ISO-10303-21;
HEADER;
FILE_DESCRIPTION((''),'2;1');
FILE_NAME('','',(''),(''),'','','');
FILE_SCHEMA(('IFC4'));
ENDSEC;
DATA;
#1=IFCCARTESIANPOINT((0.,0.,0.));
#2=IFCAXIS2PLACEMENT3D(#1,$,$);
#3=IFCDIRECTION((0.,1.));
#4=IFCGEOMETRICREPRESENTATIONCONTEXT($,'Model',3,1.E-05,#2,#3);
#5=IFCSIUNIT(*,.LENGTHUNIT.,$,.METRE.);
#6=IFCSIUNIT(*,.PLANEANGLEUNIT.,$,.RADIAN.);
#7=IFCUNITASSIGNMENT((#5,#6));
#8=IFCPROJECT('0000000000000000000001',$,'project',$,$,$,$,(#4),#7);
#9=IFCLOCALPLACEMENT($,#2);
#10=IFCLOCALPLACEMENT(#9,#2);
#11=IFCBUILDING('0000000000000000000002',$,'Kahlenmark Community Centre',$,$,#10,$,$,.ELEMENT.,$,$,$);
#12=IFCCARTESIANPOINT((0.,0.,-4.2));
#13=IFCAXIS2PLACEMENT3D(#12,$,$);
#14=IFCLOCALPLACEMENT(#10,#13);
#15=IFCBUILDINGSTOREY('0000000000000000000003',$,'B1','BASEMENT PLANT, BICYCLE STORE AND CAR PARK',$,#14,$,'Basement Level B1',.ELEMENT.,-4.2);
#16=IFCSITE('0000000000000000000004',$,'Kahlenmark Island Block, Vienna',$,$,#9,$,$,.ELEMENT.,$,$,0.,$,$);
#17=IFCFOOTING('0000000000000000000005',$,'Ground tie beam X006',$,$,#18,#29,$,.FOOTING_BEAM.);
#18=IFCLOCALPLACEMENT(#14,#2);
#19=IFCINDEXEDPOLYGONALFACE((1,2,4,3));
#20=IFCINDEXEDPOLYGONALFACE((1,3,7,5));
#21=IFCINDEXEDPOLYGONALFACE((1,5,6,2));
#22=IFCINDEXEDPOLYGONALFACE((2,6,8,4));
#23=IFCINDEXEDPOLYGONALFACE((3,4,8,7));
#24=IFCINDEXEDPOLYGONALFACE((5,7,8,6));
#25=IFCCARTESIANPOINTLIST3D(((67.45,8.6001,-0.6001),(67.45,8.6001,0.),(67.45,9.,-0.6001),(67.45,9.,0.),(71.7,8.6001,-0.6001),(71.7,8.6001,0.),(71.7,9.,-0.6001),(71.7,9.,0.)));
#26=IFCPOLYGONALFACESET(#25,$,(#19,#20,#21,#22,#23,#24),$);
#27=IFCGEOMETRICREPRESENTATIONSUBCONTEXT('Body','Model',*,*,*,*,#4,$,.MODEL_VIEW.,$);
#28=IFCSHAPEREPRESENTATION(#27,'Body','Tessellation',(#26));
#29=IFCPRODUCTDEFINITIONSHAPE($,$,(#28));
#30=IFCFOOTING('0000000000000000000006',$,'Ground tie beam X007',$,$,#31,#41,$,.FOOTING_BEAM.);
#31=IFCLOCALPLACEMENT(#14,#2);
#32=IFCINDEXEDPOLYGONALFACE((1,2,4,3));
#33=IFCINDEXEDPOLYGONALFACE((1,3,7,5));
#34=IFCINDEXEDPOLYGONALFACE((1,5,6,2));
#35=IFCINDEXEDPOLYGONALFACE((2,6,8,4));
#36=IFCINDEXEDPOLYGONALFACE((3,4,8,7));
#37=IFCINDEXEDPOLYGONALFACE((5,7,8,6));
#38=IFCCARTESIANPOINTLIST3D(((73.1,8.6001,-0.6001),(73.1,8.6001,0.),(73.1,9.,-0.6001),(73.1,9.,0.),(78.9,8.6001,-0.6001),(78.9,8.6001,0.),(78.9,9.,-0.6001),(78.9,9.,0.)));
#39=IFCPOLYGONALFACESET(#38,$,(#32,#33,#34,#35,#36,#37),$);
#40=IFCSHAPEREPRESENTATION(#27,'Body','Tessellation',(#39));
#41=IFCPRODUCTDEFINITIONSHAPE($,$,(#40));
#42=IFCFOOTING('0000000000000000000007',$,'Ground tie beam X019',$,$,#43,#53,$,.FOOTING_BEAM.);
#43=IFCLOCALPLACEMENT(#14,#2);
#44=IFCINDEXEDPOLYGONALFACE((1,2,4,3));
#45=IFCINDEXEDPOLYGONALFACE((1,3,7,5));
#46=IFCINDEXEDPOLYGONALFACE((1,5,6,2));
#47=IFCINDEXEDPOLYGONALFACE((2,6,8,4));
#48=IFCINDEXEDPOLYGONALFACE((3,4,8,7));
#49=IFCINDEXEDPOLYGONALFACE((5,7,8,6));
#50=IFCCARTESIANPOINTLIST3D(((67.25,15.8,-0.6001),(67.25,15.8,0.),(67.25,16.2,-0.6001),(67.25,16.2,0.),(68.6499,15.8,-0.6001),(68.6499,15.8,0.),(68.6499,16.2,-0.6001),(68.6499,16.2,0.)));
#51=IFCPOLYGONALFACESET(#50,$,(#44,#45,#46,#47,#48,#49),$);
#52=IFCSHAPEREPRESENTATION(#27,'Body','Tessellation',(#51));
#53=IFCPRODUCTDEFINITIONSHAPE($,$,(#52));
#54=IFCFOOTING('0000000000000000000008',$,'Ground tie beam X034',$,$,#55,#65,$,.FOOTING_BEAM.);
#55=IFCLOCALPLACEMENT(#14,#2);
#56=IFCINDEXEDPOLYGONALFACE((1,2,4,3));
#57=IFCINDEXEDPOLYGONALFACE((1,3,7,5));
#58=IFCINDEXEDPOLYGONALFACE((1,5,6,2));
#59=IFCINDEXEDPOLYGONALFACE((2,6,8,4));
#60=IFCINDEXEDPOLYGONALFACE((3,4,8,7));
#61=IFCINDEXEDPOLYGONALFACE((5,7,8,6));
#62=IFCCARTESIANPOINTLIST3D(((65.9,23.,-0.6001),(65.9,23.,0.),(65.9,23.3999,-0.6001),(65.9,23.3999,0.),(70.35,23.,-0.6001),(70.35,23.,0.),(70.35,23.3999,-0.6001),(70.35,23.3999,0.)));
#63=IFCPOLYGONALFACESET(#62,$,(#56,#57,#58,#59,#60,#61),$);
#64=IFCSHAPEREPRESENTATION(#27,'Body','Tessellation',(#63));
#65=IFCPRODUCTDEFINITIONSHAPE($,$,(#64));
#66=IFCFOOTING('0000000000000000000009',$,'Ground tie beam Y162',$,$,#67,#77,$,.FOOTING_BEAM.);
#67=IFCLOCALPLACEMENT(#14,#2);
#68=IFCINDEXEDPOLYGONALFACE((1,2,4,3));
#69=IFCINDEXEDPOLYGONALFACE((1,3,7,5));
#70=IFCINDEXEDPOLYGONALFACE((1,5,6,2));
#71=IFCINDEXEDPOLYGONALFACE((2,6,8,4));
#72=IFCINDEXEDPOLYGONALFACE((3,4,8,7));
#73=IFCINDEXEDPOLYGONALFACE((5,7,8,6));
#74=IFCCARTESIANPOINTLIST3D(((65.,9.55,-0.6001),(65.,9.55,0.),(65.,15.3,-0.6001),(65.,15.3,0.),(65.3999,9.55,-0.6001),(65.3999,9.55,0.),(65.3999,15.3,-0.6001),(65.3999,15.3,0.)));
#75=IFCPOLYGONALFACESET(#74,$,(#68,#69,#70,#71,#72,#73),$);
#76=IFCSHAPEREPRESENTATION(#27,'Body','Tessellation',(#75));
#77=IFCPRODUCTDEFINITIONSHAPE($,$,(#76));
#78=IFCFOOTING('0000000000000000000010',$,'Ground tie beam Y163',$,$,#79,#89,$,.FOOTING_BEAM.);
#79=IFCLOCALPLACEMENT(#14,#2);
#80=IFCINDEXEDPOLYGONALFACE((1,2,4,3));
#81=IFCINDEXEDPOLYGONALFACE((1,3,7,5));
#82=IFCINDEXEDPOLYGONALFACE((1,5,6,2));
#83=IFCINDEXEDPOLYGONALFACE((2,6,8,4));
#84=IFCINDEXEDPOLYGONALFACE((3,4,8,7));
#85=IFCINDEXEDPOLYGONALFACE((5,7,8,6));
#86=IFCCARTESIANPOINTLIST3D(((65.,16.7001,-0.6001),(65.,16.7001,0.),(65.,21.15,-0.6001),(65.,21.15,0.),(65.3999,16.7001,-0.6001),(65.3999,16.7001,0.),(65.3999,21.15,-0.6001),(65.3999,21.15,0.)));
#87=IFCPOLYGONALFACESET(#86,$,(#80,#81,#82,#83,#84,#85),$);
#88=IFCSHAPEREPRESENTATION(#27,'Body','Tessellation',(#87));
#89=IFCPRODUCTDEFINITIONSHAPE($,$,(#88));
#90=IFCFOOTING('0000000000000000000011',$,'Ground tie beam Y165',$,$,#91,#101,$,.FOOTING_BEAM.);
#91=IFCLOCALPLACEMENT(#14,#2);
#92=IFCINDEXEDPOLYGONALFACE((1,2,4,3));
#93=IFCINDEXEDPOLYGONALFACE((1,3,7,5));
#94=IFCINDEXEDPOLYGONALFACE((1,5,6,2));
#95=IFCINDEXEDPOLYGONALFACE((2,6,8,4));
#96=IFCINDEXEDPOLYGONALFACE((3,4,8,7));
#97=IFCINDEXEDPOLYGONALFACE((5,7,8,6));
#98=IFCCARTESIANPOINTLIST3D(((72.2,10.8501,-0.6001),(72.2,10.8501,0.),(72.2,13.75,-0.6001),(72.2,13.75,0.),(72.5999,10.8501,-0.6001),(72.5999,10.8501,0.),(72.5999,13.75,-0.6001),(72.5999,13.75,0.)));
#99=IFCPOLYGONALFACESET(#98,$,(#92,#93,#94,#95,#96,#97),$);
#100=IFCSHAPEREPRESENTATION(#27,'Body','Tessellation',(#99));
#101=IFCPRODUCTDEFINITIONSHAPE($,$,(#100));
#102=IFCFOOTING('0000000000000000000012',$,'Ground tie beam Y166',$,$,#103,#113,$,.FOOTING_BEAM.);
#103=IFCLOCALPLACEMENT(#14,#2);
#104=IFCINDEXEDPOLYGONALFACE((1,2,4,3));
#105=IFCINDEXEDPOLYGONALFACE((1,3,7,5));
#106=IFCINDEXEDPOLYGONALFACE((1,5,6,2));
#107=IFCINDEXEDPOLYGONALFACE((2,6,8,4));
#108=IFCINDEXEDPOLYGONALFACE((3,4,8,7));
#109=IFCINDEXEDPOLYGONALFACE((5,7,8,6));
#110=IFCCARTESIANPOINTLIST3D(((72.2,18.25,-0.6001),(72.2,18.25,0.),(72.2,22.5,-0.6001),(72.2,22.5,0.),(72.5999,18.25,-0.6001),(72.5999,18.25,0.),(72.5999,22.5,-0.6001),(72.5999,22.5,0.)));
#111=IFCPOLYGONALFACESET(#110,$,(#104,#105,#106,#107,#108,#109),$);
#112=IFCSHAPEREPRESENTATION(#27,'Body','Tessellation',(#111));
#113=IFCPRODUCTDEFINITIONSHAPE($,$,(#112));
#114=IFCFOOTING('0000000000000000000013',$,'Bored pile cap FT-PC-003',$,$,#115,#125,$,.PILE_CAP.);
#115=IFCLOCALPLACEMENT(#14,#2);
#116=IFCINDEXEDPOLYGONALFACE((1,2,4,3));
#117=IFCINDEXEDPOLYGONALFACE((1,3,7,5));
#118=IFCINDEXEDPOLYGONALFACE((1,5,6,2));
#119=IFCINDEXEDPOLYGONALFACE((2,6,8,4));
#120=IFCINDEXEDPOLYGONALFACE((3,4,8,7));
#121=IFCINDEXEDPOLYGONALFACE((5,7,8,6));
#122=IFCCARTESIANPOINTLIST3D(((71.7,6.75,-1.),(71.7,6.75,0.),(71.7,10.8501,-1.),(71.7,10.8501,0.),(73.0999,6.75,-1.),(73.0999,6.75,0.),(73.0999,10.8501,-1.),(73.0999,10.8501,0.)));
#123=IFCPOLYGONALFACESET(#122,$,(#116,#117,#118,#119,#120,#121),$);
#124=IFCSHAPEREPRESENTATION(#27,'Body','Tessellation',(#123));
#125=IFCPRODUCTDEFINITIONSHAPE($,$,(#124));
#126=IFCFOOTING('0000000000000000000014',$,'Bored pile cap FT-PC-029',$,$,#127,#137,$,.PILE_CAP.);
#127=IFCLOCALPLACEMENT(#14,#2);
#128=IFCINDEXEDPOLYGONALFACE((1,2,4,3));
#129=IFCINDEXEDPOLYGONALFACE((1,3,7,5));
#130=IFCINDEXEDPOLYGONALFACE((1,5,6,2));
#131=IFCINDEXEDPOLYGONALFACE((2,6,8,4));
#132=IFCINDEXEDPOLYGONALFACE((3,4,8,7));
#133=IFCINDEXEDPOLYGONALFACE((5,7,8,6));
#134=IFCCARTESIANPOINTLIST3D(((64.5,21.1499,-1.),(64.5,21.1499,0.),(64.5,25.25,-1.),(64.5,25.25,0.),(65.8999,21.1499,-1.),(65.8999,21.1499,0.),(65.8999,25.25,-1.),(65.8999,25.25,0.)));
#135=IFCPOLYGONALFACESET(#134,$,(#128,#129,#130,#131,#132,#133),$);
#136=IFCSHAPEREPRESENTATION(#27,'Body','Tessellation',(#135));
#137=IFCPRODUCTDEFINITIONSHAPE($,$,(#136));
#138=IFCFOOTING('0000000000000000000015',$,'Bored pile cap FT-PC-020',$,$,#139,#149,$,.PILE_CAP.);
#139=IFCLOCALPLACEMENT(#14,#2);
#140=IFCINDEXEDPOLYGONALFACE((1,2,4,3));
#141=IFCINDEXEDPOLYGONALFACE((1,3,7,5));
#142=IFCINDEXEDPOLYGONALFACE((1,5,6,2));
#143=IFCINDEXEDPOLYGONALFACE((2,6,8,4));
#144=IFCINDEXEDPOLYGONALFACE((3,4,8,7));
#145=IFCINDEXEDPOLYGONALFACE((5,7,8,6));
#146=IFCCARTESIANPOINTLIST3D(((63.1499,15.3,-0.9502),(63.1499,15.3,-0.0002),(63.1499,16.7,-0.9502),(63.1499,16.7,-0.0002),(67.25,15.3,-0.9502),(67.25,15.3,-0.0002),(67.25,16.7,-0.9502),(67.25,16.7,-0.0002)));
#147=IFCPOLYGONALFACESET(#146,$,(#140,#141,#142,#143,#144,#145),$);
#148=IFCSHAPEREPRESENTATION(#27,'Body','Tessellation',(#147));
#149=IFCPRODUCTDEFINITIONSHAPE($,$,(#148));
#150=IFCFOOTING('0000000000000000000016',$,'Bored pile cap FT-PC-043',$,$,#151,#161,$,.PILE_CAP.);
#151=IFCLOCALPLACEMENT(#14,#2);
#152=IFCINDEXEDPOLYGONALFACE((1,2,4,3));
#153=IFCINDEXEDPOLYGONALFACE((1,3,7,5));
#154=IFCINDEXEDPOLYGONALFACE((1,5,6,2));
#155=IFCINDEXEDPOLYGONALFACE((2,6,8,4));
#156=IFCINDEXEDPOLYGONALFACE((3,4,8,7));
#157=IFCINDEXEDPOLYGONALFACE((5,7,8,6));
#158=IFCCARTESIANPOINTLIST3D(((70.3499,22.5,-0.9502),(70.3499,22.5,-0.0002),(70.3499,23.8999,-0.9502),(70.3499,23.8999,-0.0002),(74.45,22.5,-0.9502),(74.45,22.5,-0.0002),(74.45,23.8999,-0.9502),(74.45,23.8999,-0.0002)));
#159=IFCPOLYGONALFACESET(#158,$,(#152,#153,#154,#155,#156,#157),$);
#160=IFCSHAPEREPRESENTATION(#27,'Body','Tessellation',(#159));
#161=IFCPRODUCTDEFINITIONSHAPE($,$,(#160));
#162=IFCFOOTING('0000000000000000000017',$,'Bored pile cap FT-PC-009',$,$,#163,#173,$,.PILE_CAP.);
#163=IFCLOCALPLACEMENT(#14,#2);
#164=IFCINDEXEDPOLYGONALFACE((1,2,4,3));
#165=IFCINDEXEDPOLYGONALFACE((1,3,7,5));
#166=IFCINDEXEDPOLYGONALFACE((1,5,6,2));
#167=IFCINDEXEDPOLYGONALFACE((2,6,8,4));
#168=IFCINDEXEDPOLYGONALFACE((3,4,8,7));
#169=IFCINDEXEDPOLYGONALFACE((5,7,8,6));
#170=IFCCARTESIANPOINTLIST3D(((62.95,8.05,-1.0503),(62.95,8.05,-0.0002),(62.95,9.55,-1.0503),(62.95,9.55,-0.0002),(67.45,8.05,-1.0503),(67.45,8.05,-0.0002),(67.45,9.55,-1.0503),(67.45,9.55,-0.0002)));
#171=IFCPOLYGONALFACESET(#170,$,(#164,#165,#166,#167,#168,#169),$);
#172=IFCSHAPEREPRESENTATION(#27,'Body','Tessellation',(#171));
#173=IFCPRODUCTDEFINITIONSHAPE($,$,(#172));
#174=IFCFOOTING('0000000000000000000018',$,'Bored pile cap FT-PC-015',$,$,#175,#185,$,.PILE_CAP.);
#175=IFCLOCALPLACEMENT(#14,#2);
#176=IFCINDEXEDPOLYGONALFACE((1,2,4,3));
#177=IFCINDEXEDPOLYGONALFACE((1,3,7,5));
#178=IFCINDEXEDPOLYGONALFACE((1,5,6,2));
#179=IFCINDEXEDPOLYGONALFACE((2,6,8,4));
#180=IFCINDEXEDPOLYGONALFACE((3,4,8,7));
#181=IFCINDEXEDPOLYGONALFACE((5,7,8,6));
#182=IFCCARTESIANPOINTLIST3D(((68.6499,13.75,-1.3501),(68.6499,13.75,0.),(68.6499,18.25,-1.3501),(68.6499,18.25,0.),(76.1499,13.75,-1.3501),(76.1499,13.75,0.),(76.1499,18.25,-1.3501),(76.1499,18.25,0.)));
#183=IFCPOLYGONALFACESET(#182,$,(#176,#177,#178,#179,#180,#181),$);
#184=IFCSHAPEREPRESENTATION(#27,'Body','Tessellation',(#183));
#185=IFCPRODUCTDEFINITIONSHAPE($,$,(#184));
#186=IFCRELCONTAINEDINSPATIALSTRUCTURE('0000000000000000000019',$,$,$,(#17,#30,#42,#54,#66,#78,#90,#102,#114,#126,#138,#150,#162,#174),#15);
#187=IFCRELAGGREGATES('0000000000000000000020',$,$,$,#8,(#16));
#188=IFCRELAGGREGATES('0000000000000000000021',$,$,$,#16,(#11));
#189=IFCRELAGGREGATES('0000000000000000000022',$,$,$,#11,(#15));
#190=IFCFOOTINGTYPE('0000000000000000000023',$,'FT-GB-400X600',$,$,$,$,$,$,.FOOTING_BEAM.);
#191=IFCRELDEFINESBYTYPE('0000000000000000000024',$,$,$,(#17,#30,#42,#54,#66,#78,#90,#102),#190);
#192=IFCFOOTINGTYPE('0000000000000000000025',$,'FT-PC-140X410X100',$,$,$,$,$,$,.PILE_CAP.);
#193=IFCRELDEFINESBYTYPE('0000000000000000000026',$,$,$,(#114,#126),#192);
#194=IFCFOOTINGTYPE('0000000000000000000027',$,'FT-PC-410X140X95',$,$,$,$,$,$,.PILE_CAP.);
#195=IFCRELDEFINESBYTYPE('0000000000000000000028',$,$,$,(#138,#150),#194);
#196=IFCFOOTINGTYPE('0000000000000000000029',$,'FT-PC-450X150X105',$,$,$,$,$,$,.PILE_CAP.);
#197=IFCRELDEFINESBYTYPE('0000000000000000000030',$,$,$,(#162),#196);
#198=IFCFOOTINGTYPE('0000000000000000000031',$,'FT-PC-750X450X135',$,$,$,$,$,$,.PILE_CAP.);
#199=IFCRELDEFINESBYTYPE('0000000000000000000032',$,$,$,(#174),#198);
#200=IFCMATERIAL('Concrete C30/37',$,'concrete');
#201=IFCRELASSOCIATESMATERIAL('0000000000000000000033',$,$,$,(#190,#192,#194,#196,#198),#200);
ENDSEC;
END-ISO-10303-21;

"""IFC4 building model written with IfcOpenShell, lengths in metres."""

from ifc_helpers import new_model, si_unit, direction, frame, origin, origin_2d, place, context, subcontext, project, spatial, rectangle, extrude, material, type_object, element, save


model = new_model("IFC4")

# Units and contexts
model_context = context("Model", 3, precision=1e-05, world=origin(), true_north=direction((0.0, 1.0)))
body_context = subcontext(model_context, "Body", "Model", "MODEL_VIEW")
ifc_project = project(units=[si_unit("LENGTHUNIT", "METRE"), si_unit("PLANEANGLEUNIT", "RADIAN")], contexts=[model_context])

# Site, building, storey
site_placement = place(None, origin())
site = spatial("IfcSite", under=ifc_project, at=site_placement, Name="Kahlenmark Island Block, Vienna", CompositionType="ELEMENT", RefElevation=0.0)
building_placement = place(site_placement, origin())
building = spatial("IfcBuilding", under=site, at=building_placement, Name="Kahlenmark Community Centre", CompositionType="ELEMENT")
storey_placement = place(building_placement, frame((0.0, 0.0, -4.2)))
storey = spatial("IfcBuildingStorey", under=building, at=storey_placement, Name="B1", Description="BASEMENT PLANT, BICYCLE STORE AND CAR PARK", LongName="Basement Level B1", CompositionType="ELEMENT", Elevation=-4.2)

# Footings
ifc_material_1 = material(Name="Concrete C30/37", Category="concrete")
footing_type_1 = type_object("IfcFootingType", Name="FT-GB-400X600", PredefinedType="FOOTING_BEAM", material=ifc_material_1)
footing_1_placement = place(storey_placement, frame((69.575, 8.8, -0.6001), z_axis=(0.0, 0.0, 1.0), x_axis=(1.0, 0.0, 0.0)))
element("IfcFooting", 1, at=footing_1_placement, inside=storey, type_object=footing_type_1, Name="Ground tie beam X006", PredefinedType="FOOTING_BEAM", context=body_context, shape_type="SweptSolid", body=[
    extrude(rectangle(XDim=4.25, YDim=0.3999, at=origin_2d()), origin(), (0.0, 0.0, 1.0), 0.6001),
])
footing_2_placement = place(storey_placement, frame((76.0, 8.8, -0.6001), z_axis=(0.0, 0.0, 1.0), x_axis=(1.0, 0.0, 0.0)))
element("IfcFooting", 2, at=footing_2_placement, inside=storey, type_object=footing_type_1, Name="Ground tie beam X007", PredefinedType="FOOTING_BEAM", context=body_context, shape_type="SweptSolid", body=[
    extrude(rectangle(XDim=5.8, YDim=0.3999, at=origin_2d()), origin(), (0.0, 0.0, 1.0), 0.6001),
])
footing_3_placement = place(storey_placement, frame((67.95, 16.0, -0.6001), z_axis=(0.0, 0.0, 1.0), x_axis=(1.0, 0.0, 0.0)))
element("IfcFooting", 3, at=footing_3_placement, inside=storey, type_object=footing_type_1, Name="Ground tie beam X019", PredefinedType="FOOTING_BEAM", context=body_context, shape_type="SweptSolid", body=[
    extrude(rectangle(XDim=1.3999, YDim=0.3999, at=origin_2d()), origin(), (0.0, 0.0, 1.0), 0.6001),
])
footing_4_placement = place(storey_placement, frame((68.125, 23.2, -0.6001), z_axis=(0.0, 0.0, 1.0), x_axis=(1.0, 0.0, 0.0)))
element("IfcFooting", 4, at=footing_4_placement, inside=storey, type_object=footing_type_1, Name="Ground tie beam X034", PredefinedType="FOOTING_BEAM", context=body_context, shape_type="SweptSolid", body=[
    extrude(rectangle(XDim=4.45, YDim=0.3999, at=origin_2d()), origin(), (0.0, 0.0, 1.0), 0.6001),
])
footing_5_placement = place(storey_placement, frame((65.2, 12.425, -0.6001), z_axis=(0.0, 0.0, 1.0), x_axis=(1.0, 0.0, 0.0)))
element("IfcFooting", 5, at=footing_5_placement, inside=storey, type_object=footing_type_1, Name="Ground tie beam Y162", PredefinedType="FOOTING_BEAM", context=body_context, shape_type="SweptSolid", body=[
    extrude(rectangle(XDim=0.3999, YDim=5.75, at=origin_2d()), origin(), (0.0, 0.0, 1.0), 0.6001),
])
footing_6_placement = place(storey_placement, frame((65.2, 18.925, -0.6001), z_axis=(0.0, 0.0, 1.0), x_axis=(1.0, 0.0, 0.0)))
element("IfcFooting", 6, at=footing_6_placement, inside=storey, type_object=footing_type_1, Name="Ground tie beam Y163", PredefinedType="FOOTING_BEAM", context=body_context, shape_type="SweptSolid", body=[
    extrude(rectangle(XDim=0.3999, YDim=4.45, at=origin_2d()), origin(), (0.0, 0.0, 1.0), 0.6001),
])
footing_7_placement = place(storey_placement, frame((72.3999, 12.3, -0.6001), z_axis=(0.0, 0.0, 1.0), x_axis=(1.0, 0.0, 0.0)))
element("IfcFooting", 7, at=footing_7_placement, inside=storey, type_object=footing_type_1, Name="Ground tie beam Y165", PredefinedType="FOOTING_BEAM", context=body_context, shape_type="SweptSolid", body=[
    extrude(rectangle(XDim=0.3999, YDim=2.8999, at=origin_2d()), origin(), (0.0, 0.0, 1.0), 0.6001),
])
footing_8_placement = place(storey_placement, frame((72.3999, 20.375, -0.6001), z_axis=(0.0, 0.0, 1.0), x_axis=(1.0, 0.0, 0.0)))
element("IfcFooting", 8, at=footing_8_placement, inside=storey, type_object=footing_type_1, Name="Ground tie beam Y166", PredefinedType="FOOTING_BEAM", context=body_context, shape_type="SweptSolid", body=[
    extrude(rectangle(XDim=0.3999, YDim=4.25, at=origin_2d()), origin(), (0.0, 0.0, 1.0), 0.6001),
])
footing_type_2 = type_object("IfcFootingType", Name="FT-PC-140X410X100", PredefinedType="PILE_CAP", material=ifc_material_1)
for number, where, z_axis, x_axis, name in (
    (9, (72.3999, 8.8, -1.0), (0.0, 0.0, 1.0), (1.0, 0.0, 0.0), "Bored pile cap FT-PC-003"),
    (10, (65.2, 23.2, -1.0), (0.0, 0.0, 1.0), (1.0, 0.0, 0.0), "Bored pile cap FT-PC-029"),
):
    element("IfcFooting", number, at=place(storey_placement, frame(where, z_axis=z_axis, x_axis=x_axis)), inside=storey, type_object=footing_type_2, Name=name, PredefinedType="PILE_CAP", context=body_context, shape_type="SweptSolid", body=[
        extrude(rectangle(XDim=1.3999, YDim=4.1001, at=origin_2d()), origin(), (0.0, 0.0, 1.0), 1.0),
    ])
footing_type_3 = type_object("IfcFootingType", Name="FT-PC-410X140X95", PredefinedType="PILE_CAP", material=ifc_material_1)
for number, where, z_axis, x_axis, name in (
    (11, (65.2, 16.0, -0.9502), (0.0, 0.0, 1.0), (1.0, 0.0, 0.0), "Bored pile cap FT-PC-020"),
    (12, (72.3999, 23.2, -0.9502), (0.0, 0.0, 1.0), (1.0, 0.0, 0.0), "Bored pile cap FT-PC-043"),
):
    element("IfcFooting", number, at=place(storey_placement, frame(where, z_axis=z_axis, x_axis=x_axis)), inside=storey, type_object=footing_type_3, Name=name, PredefinedType="PILE_CAP", context=body_context, shape_type="SweptSolid", body=[
        extrude(rectangle(XDim=4.1001, YDim=1.3999, at=origin_2d()), origin(), (0.0, 0.0, 1.0), 0.95),
    ])
footing_type_4 = type_object("IfcFootingType", Name="FT-PC-450X150X105", PredefinedType="PILE_CAP", material=ifc_material_1)
footing_9_placement = place(storey_placement, frame((65.2, 8.8, -1.0503), z_axis=(0.0, 0.0, 1.0), x_axis=(1.0, 0.0, 0.0)))
element("IfcFooting", 13, at=footing_9_placement, inside=storey, type_object=footing_type_4, Name="Bored pile cap FT-PC-009", PredefinedType="PILE_CAP", context=body_context, shape_type="SweptSolid", body=[
    extrude(rectangle(XDim=4.5, YDim=1.5, at=origin_2d()), origin(), (0.0, 0.0, 1.0), 1.05),
])
footing_type_5 = type_object("IfcFootingType", Name="FT-PC-750X450X135", PredefinedType="PILE_CAP", material=ifc_material_1)
footing_10_placement = place(storey_placement, frame((72.3999, 16.0, -1.3501), z_axis=(0.0, 0.0, 1.0), x_axis=(1.0, 0.0, 0.0)))
element("IfcFooting", 14, at=footing_10_placement, inside=storey, type_object=footing_type_5, Name="Bored pile cap FT-PC-015", PredefinedType="PILE_CAP", context=body_context, shape_type="SweptSolid", body=[
    extrude(rectangle(XDim=7.5, YDim=4.5, at=origin_2d()), origin(), (0.0, 0.0, 1.0), 1.3501),
])

save(model, "model.ifc")
